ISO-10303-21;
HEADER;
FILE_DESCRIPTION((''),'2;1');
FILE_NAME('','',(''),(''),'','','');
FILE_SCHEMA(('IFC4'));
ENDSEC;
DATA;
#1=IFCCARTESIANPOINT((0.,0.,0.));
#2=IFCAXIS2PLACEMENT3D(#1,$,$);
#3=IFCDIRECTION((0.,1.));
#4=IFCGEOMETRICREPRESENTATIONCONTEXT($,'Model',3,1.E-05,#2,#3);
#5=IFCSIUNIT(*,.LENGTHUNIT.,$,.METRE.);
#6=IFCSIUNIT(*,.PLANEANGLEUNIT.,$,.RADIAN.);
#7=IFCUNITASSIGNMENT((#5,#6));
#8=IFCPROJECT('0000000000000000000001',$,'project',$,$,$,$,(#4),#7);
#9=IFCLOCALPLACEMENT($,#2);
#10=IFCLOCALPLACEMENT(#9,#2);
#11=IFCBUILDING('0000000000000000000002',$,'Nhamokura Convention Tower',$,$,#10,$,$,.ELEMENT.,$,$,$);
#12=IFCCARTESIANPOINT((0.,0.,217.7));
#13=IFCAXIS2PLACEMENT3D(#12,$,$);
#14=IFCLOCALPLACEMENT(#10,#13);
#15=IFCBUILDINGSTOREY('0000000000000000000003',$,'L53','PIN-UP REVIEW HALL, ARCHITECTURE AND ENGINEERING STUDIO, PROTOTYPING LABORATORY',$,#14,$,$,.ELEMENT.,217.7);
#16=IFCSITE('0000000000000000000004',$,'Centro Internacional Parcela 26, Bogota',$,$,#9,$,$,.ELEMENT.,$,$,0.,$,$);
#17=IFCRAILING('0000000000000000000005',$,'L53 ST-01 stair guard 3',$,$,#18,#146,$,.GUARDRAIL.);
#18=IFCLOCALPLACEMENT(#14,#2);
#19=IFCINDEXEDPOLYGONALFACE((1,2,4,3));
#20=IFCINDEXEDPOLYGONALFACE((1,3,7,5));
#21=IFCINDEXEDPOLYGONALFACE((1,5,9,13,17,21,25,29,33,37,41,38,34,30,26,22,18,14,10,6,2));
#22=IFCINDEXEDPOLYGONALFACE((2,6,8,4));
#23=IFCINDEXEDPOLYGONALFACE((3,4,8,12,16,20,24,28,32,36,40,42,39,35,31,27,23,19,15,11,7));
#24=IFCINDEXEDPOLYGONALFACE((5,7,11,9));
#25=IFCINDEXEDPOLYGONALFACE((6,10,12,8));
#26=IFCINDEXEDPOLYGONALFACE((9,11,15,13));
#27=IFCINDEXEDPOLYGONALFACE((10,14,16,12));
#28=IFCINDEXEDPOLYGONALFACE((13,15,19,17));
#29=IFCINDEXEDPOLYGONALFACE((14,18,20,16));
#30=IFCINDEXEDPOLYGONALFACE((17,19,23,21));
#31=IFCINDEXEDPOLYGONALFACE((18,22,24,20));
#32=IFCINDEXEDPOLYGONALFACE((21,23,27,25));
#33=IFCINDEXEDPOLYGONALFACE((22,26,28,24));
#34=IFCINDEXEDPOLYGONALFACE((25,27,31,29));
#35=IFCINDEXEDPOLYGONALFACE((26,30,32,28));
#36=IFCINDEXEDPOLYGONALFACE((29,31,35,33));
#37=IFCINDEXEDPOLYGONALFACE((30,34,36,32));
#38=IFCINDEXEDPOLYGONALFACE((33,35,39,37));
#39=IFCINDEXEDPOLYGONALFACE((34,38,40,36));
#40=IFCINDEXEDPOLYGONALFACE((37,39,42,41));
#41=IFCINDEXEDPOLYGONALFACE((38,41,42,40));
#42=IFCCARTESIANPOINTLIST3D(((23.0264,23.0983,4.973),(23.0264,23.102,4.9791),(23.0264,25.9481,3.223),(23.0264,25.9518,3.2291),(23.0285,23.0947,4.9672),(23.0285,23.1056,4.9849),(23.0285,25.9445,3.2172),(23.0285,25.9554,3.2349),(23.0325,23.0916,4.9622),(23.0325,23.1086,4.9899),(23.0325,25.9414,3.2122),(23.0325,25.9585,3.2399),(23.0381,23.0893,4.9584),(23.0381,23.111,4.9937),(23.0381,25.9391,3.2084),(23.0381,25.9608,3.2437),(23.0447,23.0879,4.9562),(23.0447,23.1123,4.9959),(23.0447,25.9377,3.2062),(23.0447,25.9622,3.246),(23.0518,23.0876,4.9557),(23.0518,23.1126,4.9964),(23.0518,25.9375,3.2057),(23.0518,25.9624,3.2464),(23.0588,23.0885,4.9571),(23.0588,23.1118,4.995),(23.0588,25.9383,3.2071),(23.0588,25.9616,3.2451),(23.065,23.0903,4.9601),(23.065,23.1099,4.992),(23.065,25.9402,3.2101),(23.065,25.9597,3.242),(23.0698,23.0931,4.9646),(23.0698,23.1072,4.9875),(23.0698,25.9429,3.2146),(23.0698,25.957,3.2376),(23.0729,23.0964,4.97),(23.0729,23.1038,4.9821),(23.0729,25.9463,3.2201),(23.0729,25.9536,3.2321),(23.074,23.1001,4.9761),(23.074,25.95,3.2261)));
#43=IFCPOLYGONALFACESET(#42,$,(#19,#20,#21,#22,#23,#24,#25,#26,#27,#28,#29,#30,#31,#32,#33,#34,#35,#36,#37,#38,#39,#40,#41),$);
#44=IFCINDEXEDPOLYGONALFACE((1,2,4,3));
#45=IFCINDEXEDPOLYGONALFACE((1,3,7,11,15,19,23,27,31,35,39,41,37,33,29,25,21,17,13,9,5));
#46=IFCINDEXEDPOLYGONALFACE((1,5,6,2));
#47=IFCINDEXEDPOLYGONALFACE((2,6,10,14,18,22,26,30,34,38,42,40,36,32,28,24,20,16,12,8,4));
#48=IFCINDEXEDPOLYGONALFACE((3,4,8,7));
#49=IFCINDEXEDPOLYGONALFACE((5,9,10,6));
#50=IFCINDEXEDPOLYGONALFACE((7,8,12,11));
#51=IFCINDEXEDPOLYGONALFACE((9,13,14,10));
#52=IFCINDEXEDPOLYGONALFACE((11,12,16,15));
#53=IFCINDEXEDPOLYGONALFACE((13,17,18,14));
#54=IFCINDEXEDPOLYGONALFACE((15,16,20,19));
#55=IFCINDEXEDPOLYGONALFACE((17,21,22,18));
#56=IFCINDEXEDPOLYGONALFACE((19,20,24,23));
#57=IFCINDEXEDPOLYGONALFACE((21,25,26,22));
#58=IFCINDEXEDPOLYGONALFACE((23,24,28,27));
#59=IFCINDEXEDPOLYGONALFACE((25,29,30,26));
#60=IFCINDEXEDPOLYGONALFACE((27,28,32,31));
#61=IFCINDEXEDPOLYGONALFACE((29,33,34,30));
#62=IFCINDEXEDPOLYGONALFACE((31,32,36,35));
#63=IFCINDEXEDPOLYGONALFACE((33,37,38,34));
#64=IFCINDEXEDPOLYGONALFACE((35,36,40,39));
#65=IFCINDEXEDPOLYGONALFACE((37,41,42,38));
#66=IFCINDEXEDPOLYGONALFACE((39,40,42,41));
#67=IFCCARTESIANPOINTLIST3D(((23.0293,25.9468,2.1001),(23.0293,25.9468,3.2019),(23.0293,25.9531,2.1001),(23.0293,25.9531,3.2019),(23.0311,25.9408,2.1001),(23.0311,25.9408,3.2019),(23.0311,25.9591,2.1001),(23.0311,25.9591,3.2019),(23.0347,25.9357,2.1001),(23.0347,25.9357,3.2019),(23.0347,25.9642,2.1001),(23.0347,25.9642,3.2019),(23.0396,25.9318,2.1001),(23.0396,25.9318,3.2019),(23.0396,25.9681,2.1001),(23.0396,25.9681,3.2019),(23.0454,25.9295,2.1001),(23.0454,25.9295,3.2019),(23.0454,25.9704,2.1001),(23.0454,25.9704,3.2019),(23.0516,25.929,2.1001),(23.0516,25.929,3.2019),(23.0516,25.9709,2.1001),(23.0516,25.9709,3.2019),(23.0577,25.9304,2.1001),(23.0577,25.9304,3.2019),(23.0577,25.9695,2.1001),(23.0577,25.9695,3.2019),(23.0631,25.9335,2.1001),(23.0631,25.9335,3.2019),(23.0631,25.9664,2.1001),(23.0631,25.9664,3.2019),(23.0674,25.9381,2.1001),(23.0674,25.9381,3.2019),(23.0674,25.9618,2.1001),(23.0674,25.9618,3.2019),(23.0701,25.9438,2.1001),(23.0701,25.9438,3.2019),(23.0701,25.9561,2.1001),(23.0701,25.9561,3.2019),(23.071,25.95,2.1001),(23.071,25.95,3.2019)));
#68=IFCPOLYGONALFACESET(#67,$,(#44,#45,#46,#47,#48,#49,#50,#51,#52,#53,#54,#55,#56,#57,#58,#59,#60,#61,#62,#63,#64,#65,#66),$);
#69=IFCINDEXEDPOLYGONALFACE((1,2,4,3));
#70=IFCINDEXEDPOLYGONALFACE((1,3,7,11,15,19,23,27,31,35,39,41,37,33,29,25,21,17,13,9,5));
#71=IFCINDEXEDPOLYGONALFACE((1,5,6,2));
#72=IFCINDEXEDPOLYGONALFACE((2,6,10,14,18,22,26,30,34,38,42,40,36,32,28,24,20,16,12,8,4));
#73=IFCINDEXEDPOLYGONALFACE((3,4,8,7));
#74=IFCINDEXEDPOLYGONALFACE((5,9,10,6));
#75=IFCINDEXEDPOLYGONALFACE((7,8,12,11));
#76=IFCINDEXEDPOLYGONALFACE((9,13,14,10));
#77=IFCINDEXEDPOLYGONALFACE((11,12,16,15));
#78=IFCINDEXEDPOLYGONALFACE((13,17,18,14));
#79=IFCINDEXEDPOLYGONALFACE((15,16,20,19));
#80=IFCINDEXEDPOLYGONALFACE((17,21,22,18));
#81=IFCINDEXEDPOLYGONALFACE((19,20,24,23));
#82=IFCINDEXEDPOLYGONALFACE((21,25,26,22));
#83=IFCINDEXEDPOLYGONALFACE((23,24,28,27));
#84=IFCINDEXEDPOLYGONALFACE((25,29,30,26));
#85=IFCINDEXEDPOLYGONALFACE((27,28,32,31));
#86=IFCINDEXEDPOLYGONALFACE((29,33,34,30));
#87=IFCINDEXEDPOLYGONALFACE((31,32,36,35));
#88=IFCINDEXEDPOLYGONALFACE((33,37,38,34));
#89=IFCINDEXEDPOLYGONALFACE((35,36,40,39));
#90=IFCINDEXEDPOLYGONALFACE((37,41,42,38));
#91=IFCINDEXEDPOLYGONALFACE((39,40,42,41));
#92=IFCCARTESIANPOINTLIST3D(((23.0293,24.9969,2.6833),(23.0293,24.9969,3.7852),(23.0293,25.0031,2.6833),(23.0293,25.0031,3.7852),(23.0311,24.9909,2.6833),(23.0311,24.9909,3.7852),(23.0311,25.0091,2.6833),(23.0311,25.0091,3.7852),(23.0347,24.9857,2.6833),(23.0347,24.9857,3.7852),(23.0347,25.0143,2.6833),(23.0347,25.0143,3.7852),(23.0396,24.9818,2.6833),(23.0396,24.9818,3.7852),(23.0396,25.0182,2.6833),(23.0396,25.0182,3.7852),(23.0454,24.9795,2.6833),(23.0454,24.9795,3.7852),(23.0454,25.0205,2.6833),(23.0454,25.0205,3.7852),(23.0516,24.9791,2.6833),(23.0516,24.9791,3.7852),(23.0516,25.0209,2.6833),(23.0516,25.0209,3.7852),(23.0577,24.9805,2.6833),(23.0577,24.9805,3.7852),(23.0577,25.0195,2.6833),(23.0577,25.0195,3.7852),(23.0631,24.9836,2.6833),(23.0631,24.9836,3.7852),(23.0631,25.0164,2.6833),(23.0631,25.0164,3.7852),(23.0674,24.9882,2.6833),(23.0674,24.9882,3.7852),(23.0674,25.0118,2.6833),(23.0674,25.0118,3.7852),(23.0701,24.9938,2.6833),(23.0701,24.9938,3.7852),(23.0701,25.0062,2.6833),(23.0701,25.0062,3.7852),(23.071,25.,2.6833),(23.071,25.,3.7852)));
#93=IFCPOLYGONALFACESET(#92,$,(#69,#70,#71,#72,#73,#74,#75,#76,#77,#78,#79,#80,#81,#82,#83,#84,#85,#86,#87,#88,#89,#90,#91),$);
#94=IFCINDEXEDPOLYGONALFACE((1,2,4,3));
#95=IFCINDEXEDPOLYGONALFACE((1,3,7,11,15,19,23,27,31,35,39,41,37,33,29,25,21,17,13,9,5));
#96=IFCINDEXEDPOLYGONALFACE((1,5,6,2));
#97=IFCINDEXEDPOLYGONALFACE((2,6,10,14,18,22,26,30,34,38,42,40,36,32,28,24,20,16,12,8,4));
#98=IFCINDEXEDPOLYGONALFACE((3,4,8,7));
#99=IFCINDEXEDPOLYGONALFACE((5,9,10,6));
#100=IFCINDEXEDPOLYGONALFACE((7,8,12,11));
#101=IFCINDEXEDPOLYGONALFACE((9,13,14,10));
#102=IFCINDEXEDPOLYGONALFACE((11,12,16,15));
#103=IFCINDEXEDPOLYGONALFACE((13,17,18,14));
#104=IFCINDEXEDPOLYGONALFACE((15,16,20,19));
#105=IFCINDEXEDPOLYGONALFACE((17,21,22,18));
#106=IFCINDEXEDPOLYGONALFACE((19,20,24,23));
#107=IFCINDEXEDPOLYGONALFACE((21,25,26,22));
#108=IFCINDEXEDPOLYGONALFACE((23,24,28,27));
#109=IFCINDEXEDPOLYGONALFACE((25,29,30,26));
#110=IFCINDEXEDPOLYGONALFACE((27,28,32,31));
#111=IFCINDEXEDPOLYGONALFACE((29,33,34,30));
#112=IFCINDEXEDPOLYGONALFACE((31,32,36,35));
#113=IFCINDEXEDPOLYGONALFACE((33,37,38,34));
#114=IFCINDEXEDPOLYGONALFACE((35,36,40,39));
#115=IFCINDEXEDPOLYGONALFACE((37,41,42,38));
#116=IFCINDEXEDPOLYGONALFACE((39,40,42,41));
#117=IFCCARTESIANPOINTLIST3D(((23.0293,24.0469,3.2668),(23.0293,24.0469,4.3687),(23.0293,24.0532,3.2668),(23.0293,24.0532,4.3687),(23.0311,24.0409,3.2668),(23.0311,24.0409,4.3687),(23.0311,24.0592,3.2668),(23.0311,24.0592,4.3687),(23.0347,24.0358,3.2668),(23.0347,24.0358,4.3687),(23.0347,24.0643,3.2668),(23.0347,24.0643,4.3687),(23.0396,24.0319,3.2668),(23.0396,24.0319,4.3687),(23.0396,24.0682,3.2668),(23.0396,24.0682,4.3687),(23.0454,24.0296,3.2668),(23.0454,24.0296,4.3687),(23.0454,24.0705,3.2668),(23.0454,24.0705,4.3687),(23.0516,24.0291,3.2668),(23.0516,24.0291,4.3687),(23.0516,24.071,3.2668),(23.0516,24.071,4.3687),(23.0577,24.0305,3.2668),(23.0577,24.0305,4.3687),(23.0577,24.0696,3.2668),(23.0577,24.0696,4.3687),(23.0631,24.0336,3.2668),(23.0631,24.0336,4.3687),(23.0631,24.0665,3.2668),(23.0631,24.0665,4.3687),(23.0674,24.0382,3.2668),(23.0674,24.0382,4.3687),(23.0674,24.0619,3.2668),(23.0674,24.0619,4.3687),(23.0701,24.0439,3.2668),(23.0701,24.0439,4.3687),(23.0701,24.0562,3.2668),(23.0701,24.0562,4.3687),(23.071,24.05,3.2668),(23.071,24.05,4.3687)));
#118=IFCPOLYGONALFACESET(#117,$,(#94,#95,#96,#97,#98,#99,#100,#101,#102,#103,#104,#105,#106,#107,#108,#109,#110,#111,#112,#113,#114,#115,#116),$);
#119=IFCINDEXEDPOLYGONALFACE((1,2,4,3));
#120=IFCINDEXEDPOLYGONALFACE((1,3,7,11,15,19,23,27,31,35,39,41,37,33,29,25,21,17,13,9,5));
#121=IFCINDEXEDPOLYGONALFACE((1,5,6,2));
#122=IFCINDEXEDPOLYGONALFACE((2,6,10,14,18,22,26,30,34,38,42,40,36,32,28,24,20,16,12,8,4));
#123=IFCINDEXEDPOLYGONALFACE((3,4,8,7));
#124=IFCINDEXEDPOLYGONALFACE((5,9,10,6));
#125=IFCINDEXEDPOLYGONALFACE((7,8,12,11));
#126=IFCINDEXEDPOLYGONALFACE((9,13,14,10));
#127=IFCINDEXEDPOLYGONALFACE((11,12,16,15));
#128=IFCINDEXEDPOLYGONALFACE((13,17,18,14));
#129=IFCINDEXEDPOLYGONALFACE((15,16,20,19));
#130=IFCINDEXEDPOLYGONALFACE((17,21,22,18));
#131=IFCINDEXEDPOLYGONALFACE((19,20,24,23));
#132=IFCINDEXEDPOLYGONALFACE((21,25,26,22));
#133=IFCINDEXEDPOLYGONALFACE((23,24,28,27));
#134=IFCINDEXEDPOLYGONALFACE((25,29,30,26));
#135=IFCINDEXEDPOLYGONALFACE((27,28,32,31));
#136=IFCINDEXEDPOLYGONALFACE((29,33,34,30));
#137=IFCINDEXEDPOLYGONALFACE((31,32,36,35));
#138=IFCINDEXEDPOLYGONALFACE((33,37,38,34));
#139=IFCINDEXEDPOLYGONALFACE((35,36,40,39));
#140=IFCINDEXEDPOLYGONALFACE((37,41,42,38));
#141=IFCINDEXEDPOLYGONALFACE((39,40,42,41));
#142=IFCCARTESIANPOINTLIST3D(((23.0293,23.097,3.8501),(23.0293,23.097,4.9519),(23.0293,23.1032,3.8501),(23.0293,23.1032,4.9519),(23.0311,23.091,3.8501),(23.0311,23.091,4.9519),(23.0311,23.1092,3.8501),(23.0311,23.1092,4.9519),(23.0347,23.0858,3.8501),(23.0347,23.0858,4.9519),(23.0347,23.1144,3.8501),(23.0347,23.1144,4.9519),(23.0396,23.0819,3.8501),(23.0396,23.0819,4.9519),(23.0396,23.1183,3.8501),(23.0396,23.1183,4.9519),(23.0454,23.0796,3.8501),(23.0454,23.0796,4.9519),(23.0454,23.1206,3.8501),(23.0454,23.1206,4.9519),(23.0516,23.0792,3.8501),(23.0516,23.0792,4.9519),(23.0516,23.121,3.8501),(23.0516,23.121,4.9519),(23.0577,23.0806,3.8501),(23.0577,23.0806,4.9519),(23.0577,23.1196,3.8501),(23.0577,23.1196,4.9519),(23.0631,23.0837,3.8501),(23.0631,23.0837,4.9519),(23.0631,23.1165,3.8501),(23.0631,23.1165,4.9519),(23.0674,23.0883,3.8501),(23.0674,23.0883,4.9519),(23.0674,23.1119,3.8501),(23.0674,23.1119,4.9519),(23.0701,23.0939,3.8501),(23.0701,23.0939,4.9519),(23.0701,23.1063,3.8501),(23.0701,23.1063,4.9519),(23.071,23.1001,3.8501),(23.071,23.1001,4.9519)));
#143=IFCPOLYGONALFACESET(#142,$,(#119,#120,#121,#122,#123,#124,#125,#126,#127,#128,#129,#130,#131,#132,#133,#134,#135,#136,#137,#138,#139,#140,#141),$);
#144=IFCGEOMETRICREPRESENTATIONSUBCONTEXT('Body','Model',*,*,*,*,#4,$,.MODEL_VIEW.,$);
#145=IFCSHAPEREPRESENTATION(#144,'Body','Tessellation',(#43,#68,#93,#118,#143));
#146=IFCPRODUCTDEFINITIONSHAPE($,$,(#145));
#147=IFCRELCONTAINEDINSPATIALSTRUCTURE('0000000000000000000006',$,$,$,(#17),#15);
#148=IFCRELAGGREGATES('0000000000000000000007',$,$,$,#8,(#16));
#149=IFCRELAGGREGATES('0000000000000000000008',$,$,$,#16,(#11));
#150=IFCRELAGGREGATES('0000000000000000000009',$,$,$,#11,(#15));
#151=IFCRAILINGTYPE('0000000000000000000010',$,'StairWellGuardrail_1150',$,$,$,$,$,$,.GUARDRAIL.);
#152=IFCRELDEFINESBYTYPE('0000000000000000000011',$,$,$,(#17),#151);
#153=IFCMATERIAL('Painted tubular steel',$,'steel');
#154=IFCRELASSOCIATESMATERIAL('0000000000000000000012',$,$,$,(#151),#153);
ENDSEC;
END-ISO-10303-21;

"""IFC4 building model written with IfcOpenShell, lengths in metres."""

from ifc_helpers import new_model, si_unit, direction, frame, origin, origin_2d, place, context, subcontext, project, spatial, circle, extrude, material, type_object, element, save


model = new_model("IFC4")

# Units and contexts
model_context = context("Model", 3, precision=1e-05, world=origin(), true_north=direction((0.0, 1.0)))
body_context = subcontext(model_context, "Body", "Model", "MODEL_VIEW")
ifc_project = project(units=[si_unit("LENGTHUNIT", "METRE"), si_unit("PLANEANGLEUNIT", "RADIAN")], contexts=[model_context])

# Site, building, storey
site_placement = place(None, origin())
site = spatial("IfcSite", under=ifc_project, at=site_placement, Name="Centro Internacional Parcela 26, Bogota", CompositionType="ELEMENT", RefElevation=0.0)
building_placement = place(site_placement, origin())
building = spatial("IfcBuilding", under=site, at=building_placement, Name="Nhamokura Convention Tower", CompositionType="ELEMENT")
storey_placement = place(building_placement, frame((0.0, 0.0, 217.7)))
storey = spatial("IfcBuildingStorey", under=building, at=storey_placement, Name="L53", Description="PIN-UP REVIEW HALL, ARCHITECTURE AND ENGINEERING STUDIO, PROTOTYPING LABORATORY", CompositionType="ELEMENT", Elevation=217.7)

# Railing
ifc_material_1 = material(Name="Painted tubular steel", Category="steel")
railing_type_1 = type_object("IfcRailingType", Name="StairWellGuardrail_1150", PredefinedType="GUARDRAIL", material=ifc_material_1)
railing_1_placement = place(storey_placement, frame((23.05, 25.95, 2.1001)))
element("IfcRailing", 1, at=railing_1_placement, inside=storey, type_object=railing_type_1, Name="L53 ST-01 stair guard 3", PredefinedType="GUARDRAIL", context=body_context, shape_type="SweptSolid", body=[
    extrude(circle(Radius=0.0239, at=origin_2d()), frame((0.0, 0.0, 1.126), z_axis=(0.0, -0.852159, 0.523283), x_axis=(1.0, 0.0, 0.0)), (0.0, 0.0, 1.0), 3.3442),
    extrude(circle(Radius=0.021, at=origin_2d()), origin(), (0.0, 0.0, 1.0), 1.1018),
    extrude(circle(Radius=0.021, at=origin_2d()), frame((0.0, -0.95, 0.5833)), (0.0, 0.0, 1.0), 1.1018),
    extrude(circle(Radius=0.021, at=origin_2d()), frame((0.0, -1.8999, 1.1667)), (0.0, 0.0, 1.0), 1.1018),
    extrude(circle(Radius=0.021, at=origin_2d()), frame((0.0, -2.8499, 1.75)), (0.0, 0.0, 1.0), 1.1018),
])

save(model, "model.ifc")
